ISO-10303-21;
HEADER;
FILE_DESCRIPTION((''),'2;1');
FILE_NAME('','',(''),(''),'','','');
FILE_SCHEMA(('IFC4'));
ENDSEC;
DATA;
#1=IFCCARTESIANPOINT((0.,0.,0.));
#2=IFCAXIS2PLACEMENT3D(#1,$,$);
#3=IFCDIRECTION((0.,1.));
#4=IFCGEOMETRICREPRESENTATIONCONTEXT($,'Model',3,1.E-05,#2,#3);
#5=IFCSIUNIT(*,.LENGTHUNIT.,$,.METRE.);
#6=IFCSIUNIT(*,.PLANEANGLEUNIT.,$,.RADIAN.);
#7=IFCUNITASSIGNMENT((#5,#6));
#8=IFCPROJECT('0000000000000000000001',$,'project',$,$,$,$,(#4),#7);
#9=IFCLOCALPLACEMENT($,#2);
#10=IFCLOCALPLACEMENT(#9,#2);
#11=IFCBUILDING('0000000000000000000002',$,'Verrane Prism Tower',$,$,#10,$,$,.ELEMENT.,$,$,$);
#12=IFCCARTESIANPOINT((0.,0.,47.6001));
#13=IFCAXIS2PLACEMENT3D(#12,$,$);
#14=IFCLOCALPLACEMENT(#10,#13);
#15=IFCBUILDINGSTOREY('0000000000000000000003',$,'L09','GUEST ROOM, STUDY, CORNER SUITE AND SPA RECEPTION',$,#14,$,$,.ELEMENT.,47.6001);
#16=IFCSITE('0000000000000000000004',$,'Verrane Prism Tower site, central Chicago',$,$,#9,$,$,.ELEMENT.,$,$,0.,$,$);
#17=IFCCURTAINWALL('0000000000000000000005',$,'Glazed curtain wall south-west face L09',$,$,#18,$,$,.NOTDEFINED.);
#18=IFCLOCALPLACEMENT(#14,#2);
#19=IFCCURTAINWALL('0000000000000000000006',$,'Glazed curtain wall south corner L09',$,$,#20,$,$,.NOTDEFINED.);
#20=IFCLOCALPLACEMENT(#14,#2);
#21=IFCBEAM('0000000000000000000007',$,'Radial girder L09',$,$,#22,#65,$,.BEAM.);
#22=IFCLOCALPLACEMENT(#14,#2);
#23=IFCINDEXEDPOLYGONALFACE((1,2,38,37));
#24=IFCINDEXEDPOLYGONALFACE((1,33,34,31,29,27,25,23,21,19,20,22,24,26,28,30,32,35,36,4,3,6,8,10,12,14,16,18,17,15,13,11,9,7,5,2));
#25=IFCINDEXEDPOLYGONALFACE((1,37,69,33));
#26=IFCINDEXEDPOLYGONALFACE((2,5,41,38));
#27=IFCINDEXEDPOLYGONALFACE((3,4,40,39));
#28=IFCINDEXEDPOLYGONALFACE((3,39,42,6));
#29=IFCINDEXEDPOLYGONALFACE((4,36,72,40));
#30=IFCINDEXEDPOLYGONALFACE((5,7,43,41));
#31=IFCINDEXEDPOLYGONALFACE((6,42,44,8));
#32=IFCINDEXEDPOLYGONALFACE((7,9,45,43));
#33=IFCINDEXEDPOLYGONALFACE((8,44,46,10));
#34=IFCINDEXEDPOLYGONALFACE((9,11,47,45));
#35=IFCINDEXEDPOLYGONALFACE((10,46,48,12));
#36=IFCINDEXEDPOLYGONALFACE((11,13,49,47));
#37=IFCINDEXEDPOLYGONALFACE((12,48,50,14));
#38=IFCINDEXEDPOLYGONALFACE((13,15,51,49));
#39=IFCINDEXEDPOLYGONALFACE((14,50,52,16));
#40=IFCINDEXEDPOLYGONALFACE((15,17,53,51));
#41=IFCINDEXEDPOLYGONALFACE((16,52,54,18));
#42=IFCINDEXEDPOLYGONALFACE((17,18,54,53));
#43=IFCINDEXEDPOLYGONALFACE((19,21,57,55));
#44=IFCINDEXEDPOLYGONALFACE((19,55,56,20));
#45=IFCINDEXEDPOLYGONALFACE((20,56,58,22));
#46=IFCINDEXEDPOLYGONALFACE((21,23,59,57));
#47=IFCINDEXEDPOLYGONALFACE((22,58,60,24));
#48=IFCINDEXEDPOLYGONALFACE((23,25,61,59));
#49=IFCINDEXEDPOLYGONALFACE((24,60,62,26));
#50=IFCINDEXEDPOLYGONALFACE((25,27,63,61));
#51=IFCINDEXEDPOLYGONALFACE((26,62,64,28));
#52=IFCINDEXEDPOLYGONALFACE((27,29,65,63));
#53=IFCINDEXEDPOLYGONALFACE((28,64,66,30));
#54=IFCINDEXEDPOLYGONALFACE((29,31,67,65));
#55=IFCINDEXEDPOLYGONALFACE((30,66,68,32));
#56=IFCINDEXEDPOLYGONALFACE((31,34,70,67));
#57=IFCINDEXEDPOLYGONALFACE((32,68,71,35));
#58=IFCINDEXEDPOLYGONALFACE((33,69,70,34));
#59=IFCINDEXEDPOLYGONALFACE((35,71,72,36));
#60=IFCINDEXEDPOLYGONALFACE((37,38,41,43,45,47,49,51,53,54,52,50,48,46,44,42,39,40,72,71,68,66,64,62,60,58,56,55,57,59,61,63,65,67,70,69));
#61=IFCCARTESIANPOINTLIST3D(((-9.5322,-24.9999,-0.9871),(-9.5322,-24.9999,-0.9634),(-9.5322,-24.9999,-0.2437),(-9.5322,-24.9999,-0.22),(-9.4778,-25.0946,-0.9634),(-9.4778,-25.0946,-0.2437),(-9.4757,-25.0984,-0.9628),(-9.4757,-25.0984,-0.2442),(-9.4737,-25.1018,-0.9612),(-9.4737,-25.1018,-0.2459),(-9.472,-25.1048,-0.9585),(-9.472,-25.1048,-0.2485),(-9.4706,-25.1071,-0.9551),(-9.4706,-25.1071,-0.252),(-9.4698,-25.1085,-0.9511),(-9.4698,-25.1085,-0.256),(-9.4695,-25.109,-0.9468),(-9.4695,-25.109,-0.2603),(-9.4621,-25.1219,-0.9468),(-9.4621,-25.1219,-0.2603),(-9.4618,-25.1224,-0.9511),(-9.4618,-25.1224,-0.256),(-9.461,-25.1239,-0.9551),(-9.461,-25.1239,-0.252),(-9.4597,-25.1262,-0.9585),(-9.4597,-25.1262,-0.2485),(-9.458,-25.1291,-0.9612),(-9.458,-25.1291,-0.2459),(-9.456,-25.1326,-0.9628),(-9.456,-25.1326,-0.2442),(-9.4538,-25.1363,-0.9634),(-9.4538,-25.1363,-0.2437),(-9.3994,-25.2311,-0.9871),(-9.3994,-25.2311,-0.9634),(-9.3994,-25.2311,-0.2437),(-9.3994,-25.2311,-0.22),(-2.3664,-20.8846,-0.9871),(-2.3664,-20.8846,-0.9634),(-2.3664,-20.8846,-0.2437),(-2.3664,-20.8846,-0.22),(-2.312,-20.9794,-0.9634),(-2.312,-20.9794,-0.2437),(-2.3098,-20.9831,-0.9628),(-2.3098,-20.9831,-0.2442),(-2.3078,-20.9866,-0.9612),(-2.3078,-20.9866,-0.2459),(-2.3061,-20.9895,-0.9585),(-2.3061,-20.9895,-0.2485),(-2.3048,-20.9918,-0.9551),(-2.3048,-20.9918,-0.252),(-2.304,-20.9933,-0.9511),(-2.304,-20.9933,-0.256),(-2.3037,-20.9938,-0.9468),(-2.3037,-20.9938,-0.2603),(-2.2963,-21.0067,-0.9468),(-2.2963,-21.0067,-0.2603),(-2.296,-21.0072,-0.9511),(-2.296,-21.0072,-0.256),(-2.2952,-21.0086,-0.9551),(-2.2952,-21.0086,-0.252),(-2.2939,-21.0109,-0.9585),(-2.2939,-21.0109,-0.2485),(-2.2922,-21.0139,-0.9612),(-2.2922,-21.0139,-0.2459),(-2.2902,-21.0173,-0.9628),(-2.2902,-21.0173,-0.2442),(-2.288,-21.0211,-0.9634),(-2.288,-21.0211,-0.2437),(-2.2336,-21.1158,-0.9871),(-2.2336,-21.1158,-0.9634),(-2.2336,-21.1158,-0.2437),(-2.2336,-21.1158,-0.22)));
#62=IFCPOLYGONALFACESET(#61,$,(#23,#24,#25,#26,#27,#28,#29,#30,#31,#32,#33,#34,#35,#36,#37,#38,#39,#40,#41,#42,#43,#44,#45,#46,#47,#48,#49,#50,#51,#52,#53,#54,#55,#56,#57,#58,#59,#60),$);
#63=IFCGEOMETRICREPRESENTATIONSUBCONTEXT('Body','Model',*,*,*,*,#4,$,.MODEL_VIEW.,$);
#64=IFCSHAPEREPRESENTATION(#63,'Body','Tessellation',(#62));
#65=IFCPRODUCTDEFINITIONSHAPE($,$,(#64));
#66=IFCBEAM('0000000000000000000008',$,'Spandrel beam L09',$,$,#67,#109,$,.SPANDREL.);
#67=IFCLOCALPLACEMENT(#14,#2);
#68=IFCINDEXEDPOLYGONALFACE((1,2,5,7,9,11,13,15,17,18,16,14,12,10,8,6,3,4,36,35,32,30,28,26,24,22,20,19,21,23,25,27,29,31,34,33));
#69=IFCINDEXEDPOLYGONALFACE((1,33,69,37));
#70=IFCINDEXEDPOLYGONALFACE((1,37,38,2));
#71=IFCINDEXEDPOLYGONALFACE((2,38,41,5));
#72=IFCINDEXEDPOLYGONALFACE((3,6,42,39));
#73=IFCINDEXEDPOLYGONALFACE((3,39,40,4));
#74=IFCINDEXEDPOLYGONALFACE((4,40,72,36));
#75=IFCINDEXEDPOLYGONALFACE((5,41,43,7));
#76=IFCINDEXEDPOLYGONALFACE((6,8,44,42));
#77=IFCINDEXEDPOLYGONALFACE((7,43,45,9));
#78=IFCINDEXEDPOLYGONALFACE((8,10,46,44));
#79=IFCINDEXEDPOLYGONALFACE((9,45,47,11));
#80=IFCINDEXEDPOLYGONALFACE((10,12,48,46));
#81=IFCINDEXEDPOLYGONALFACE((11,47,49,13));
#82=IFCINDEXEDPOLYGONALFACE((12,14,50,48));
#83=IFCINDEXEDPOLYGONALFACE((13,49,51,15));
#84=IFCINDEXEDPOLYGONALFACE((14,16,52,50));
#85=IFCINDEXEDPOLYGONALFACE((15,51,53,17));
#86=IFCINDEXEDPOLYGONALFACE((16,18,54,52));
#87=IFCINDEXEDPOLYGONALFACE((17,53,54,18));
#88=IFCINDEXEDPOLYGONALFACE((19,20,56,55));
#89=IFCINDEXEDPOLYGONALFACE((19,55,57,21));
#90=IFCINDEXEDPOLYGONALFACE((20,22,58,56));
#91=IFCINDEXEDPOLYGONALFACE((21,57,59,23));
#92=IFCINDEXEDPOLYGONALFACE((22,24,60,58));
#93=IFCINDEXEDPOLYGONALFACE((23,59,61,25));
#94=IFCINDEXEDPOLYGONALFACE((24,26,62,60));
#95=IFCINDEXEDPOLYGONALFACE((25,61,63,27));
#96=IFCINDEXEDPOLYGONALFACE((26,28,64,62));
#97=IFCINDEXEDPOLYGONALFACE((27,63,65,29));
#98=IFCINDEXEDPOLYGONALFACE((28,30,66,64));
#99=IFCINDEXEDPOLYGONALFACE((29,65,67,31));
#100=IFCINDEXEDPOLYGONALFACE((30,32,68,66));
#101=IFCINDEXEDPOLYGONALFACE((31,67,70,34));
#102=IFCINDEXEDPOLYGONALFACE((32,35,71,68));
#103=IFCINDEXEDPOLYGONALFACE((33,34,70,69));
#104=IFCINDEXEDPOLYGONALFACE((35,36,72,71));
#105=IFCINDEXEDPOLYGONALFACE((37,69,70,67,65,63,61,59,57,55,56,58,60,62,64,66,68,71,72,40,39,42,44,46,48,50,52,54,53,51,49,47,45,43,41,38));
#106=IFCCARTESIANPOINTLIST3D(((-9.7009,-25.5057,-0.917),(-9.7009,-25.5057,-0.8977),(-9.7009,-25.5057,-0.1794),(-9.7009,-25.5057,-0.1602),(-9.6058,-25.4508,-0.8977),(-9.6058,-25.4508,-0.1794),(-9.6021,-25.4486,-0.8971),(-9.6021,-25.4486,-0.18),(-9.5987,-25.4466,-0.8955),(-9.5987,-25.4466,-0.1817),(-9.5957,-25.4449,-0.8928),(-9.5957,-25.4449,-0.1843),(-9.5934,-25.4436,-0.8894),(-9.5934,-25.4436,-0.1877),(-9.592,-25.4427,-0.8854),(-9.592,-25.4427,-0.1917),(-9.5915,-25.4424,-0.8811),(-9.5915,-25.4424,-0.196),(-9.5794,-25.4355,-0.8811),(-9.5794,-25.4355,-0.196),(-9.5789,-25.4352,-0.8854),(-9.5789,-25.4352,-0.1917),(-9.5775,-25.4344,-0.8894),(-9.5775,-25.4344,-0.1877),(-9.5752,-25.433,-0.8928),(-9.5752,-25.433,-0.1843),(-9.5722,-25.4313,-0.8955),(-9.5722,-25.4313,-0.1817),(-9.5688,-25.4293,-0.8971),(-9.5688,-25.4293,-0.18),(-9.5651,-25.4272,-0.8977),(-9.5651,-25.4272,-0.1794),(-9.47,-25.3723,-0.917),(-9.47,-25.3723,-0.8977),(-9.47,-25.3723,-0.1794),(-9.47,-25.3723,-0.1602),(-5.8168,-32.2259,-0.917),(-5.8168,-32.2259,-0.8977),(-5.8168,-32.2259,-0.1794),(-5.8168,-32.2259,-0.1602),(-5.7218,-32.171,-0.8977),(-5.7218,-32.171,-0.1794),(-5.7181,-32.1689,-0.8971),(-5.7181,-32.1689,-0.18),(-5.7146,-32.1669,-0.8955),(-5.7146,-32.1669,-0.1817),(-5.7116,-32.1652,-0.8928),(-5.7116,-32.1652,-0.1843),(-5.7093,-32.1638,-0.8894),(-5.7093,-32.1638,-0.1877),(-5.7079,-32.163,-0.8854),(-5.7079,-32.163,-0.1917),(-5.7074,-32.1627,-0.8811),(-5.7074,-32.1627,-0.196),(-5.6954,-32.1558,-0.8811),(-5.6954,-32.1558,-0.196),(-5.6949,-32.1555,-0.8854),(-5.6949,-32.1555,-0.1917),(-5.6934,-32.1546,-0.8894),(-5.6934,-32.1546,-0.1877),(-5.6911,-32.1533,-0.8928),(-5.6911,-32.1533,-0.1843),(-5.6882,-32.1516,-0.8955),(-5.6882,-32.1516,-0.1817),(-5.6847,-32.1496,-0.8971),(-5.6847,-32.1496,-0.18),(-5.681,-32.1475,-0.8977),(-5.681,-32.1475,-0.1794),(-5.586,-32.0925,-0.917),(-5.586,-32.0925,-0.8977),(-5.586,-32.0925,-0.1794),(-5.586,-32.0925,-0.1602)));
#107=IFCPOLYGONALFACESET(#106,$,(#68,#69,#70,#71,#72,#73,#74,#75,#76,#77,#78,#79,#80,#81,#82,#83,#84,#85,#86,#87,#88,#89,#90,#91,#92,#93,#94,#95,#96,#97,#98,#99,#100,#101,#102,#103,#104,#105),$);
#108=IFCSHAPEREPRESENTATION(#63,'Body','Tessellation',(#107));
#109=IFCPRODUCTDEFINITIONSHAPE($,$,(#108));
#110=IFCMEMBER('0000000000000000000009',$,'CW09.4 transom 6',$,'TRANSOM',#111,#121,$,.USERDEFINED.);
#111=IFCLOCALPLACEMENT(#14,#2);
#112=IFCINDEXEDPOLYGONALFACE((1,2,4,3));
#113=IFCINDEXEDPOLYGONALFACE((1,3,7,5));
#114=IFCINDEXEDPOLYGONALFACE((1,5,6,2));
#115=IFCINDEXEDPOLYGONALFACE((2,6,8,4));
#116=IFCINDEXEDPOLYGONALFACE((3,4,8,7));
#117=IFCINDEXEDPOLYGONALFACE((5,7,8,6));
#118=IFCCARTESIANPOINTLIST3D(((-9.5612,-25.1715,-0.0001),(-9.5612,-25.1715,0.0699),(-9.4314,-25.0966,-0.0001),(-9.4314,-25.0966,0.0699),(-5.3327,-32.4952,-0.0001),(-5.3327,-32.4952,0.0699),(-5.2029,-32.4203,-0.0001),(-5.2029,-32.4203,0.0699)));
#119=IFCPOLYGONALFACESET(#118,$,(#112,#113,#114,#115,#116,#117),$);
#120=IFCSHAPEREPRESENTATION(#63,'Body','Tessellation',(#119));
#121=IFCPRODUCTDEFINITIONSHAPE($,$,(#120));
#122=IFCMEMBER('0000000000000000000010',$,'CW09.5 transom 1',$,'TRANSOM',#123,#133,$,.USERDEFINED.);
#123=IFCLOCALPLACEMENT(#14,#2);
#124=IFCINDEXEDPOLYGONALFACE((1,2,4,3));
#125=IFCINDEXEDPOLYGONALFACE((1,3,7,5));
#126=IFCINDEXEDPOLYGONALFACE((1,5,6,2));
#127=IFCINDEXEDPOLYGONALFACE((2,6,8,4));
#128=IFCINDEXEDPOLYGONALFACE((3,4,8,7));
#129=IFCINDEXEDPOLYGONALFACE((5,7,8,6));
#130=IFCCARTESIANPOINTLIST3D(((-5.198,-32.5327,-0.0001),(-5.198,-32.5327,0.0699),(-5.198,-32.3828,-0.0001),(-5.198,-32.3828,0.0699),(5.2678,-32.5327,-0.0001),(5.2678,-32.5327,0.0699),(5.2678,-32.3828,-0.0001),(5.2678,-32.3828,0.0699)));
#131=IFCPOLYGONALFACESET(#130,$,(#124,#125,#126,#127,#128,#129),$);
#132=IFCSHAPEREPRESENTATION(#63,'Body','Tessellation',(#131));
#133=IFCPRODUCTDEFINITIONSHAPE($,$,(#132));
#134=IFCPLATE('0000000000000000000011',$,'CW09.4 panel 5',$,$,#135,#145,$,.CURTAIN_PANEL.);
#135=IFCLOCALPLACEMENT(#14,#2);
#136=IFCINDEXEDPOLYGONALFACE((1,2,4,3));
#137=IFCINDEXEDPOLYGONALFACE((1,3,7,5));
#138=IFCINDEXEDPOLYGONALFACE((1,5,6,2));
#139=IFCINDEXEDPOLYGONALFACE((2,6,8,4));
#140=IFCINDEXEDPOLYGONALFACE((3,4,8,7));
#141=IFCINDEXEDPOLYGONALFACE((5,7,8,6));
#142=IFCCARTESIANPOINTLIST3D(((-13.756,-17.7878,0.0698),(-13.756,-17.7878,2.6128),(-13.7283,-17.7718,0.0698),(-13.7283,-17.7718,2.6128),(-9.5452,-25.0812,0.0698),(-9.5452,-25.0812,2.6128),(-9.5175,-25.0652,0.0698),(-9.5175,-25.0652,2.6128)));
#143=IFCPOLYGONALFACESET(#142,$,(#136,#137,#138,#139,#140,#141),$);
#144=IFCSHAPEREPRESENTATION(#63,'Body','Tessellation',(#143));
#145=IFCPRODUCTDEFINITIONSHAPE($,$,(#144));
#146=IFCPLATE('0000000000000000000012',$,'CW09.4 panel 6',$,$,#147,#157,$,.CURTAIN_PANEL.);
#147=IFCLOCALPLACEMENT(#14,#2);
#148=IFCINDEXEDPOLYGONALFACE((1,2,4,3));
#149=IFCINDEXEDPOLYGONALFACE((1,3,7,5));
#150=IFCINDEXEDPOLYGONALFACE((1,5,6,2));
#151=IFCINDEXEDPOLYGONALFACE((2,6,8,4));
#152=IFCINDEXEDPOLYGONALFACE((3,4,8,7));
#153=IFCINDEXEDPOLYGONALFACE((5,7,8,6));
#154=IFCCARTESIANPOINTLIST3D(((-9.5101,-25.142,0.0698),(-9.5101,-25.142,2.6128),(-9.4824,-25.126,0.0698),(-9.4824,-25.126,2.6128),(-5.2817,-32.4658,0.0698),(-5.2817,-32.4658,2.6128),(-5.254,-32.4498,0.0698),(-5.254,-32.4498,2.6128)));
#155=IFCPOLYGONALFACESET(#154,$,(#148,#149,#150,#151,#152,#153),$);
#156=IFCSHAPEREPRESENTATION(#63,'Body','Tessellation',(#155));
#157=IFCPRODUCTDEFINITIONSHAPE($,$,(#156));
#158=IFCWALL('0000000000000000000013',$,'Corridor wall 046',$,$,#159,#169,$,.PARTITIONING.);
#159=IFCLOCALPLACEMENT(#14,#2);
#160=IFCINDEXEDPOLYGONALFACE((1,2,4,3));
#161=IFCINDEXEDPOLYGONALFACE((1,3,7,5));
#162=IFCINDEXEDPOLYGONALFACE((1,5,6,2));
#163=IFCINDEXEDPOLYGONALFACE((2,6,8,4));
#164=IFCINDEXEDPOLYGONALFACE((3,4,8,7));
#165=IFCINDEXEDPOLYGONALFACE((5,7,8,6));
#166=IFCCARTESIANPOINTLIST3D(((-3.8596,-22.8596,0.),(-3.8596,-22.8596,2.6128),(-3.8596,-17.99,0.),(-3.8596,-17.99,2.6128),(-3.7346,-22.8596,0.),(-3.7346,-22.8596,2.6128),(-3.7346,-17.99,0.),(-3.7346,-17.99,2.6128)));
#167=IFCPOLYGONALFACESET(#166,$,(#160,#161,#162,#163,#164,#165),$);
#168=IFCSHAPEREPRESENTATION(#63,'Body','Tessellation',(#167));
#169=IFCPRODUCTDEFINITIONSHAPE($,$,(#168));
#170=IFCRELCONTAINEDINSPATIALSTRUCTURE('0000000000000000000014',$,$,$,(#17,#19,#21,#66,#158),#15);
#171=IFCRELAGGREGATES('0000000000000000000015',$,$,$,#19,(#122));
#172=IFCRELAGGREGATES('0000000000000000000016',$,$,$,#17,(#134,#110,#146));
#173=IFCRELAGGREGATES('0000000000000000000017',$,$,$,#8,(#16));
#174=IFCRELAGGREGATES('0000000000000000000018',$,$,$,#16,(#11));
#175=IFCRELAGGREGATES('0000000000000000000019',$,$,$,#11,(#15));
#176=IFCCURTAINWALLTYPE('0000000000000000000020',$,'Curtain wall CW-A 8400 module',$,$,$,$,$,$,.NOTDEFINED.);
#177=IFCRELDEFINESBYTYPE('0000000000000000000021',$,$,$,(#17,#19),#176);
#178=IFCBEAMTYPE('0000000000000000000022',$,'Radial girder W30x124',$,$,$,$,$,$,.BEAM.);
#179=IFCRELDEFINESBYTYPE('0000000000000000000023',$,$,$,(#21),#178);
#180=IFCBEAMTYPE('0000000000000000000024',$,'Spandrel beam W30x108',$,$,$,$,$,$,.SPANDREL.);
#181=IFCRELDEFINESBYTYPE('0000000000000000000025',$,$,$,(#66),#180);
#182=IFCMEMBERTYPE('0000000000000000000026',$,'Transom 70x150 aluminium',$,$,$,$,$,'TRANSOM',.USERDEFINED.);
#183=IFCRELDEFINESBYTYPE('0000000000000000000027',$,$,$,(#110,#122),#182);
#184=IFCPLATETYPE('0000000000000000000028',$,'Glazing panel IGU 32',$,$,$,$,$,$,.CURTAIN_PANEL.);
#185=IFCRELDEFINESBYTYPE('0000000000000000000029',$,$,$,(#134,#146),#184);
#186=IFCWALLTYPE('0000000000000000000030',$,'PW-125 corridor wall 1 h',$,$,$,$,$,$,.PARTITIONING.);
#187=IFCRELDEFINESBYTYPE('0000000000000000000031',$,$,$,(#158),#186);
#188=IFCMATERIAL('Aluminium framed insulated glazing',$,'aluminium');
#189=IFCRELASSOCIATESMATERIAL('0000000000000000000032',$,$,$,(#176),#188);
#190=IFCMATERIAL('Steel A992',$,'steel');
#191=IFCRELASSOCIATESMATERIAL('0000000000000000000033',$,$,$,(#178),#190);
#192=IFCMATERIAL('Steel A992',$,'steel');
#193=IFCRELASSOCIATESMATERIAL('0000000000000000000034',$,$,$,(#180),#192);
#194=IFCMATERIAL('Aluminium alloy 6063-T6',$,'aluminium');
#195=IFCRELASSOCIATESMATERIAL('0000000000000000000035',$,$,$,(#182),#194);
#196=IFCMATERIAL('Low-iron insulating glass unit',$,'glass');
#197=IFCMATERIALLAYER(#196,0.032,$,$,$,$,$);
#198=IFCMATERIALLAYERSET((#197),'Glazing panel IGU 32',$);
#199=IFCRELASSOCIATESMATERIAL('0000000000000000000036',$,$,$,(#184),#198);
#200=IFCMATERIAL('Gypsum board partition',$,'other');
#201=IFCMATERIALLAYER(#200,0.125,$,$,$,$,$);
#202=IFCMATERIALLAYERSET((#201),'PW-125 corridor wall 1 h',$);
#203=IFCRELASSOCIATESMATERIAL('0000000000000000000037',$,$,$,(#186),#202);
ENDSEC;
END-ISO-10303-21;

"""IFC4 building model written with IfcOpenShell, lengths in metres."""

from ifc_helpers import new_model, si_unit, direction, frame, frame_2d, origin, origin_2d, place, context, subcontext, project, spatial, rectangle, i_section, extrude, material, layer, layer_set, material_profile, profile_set, type_object, element, aggregate, save


model = new_model("IFC4")

# Units and contexts
model_context = context("Model", 3, precision=1e-05, world=origin(), true_north=direction((0.0, 1.0)))
body_context = subcontext(model_context, "Body", "Model", "MODEL_VIEW")
ifc_project = project(units=[si_unit("LENGTHUNIT", "METRE"), si_unit("PLANEANGLEUNIT", "RADIAN")], contexts=[model_context])

# Site, building, storey
site_placement = place(None, origin())
site = spatial("IfcSite", under=ifc_project, at=site_placement, Name="Verrane Prism Tower site, central Chicago", CompositionType="ELEMENT", RefElevation=0.0)
building_placement = place(site_placement, origin())
building = spatial("IfcBuilding", under=site, at=building_placement, Name="Verrane Prism Tower", CompositionType="ELEMENT")
storey_placement = place(building_placement, frame((0.0, 0.0, 47.6001)))
storey = spatial("IfcBuildingStorey", under=building, at=storey_placement, Name="L09", Description="GUEST ROOM, STUDY, CORNER SUITE AND SPA RECEPTION", CompositionType="ELEMENT", Elevation=47.6001)

# Curtain walls
ifc_material_1 = material(Name="Aluminium framed insulated glazing", Category="aluminium")
curtain_wall_type = type_object("IfcCurtainWallType", Name="Curtain wall CW-A 8400 module", PredefinedType="NOTDEFINED", material=ifc_material_1)
curtain_wall_1_placement = place(storey_placement, origin())
curtain_wall_1 = element("IfcCurtainWall", 1, at=curtain_wall_1_placement, inside=storey, type_object=curtain_wall_type, Name="Glazed curtain wall south-west face L09", PredefinedType="NOTDEFINED")
curtain_wall_2_placement = place(storey_placement, origin())
curtain_wall_2 = element("IfcCurtainWall", 2, at=curtain_wall_2_placement, inside=storey, type_object=curtain_wall_type, Name="Glazed curtain wall south corner L09", PredefinedType="NOTDEFINED")

# Beams
ifc_material_2 = material(Name="Steel A992", Category="steel")
ifc_material_profile_1 = material_profile(ifc_material_2, i_section(OverallWidth=0.2666, OverallDepth=0.7671, WebThickness=0.0149, FlangeThickness=0.0237, FilletRadius=0.0166, at=origin_2d()), Name="W30x124")
ifc_profile_set_1 = profile_set([ifc_material_profile_1], Name="Steel A992")
beam_type_1 = type_object("IfcBeamType", Name="Radial girder W30x124", PredefinedType="BEAM", material=ifc_profile_set_1)
beam_1_placement = place(storey_placement, frame((-9.4658, -25.1155, -0.6035), z_axis=(0.867172, 0.498009, 0.0), x_axis=(-0.498009, 0.867172, 0.0)))
element("IfcBeam", 3, at=beam_1_placement, inside=storey, type_object=beam_type_1, Name="Radial girder L09", PredefinedType="BEAM", context=body_context, shape_type="SweptSolid", body=[
    extrude(i_section(OverallWidth=0.2666, OverallDepth=0.7671, WebThickness=0.0149, FlangeThickness=0.0237, FilletRadius=0.0166, at=origin_2d()), origin(), (0.0, 0.0, 1.0), 8.2634),
])
ifc_material_3 = material(Name="Steel A992", Category="steel")
ifc_material_profile_2 = material_profile(ifc_material_3, i_section(OverallWidth=0.2666, OverallDepth=0.7568, WebThickness=0.0139, FlangeThickness=0.0193, FilletRadius=0.0166, at=origin_2d()), Name="W30x108")
ifc_profile_set_2 = profile_set([ifc_material_profile_2], Name="Steel A992")
beam_type_2 = type_object("IfcBeamType", Name="Spandrel beam W30x108", PredefinedType="SPANDREL", material=ifc_profile_set_2)
beam_2_placement = place(storey_placement, frame((-9.5854, -25.439, -0.5386), z_axis=(0.500398, -0.865796, 0.0), x_axis=(0.865796, 0.500398, 0.0)))
element("IfcBeam", 4, at=beam_2_placement, inside=storey, type_object=beam_type_2, Name="Spandrel beam L09", PredefinedType="SPANDREL", context=body_context, shape_type="SweptSolid", body=[
    extrude(i_section(OverallWidth=0.2666, OverallDepth=0.7568, WebThickness=0.0139, FlangeThickness=0.0193, FilletRadius=0.0166, at=origin_2d()), origin(), (0.0, 0.0, 1.0), 7.762),
])

# Members
ifc_material_4 = material(Name="Aluminium alloy 6063-T6", Category="aluminium")
ifc_material_profile_3 = material_profile(ifc_material_4, rectangle(XDim=0.1499, YDim=0.0701, at=origin_2d()), Name="Transom 70x150 aluminium")
ifc_profile_set_3 = profile_set([ifc_material_profile_3], Name="Aluminium alloy 6063-T6")
member_type_1 = type_object("IfcMemberType", Name="Transom 70x150 aluminium", ElementType="TRANSOM", PredefinedType="USERDEFINED", material=ifc_profile_set_3)
member_1_placement = place(storey_placement, frame((-9.4963, -25.134, 0.0349), z_axis=(0.500014, -0.866017, 0.0), x_axis=(0.866017, 0.500014, 0.0)))
member_1 = element("IfcMember", 5, at=member_1_placement, type_object=member_type_1, Name="CW09.4 transom 6", ObjectType="TRANSOM", PredefinedType="USERDEFINED", context=body_context, shape_type="SweptSolid", body=[
    extrude(rectangle(XDim=0.1499, YDim=0.0701, at=origin_2d()), origin(), (0.0, 0.0, 1.0), 8.4568),
])
member_2_placement = place(storey_placement, frame((-5.198, -32.4578, 0.0349), z_axis=(1.0, 0.0, 0.0), x_axis=(0.0, 1.0, 0.0)))
member_2 = element("IfcMember", 6, at=member_2_placement, type_object=member_type_1, Name="CW09.5 transom 1", ObjectType="TRANSOM", PredefinedType="USERDEFINED", context=body_context, shape_type="SweptSolid", body=[
    extrude(rectangle(XDim=0.1499, YDim=0.0701, at=origin_2d()), origin(), (0.0, 0.0, 1.0), 10.4658),
])
aggregate(curtain_wall_2, [member_2])

# Plates
ifc_material_5 = material(Name="Low-iron insulating glass unit", Category="glass")
ifc_layer_1 = layer(ifc_material_5, 0.032)
ifc_layer_set_1 = layer_set([ifc_layer_1], Name="Glazing panel IGU 32")
plate_type = type_object("IfcPlateType", Name="Glazing panel IGU 32", PredefinedType="CURTAIN_PANEL", material=ifc_layer_set_1)
plate_1_placement = place(storey_placement, frame((-11.6367, -21.4265, 0.0698), z_axis=(0.0, 0.0, 1.0), x_axis=(0.499999, -0.866026, 0.0)))
plate_1 = element("IfcPlate", 7, at=plate_1_placement, type_object=plate_type, Name="CW09.4 panel 5", PredefinedType="CURTAIN_PANEL", context=body_context, shape_type="SweptSolid", body=[
    extrude(rectangle(XDim=8.4216, YDim=0.032, at=origin_2d()), origin(), (0.0, 0.0, 1.0), 2.543),
])
plate_2_placement = place(storey_placement, frame((-7.3821, -28.7959, 0.0698), z_axis=(0.0, 0.0, 1.0), x_axis=(0.499999, -0.866026, 0.0)))
plate_2 = element("IfcPlate", 8, at=plate_2_placement, type_object=plate_type, Name="CW09.4 panel 6", PredefinedType="CURTAIN_PANEL", context=body_context, shape_type="SweptSolid", body=[
    extrude(rectangle(XDim=8.4568, YDim=0.032, at=origin_2d()), origin(), (0.0, 0.0, 1.0), 2.543),
])
aggregate(curtain_wall_1, [plate_1, member_1, plate_2])

# Wall
ifc_material_6 = material(Name="Gypsum board partition", Category="other")
ifc_layer_2 = layer(ifc_material_6, 0.125)
ifc_layer_set_2 = layer_set([ifc_layer_2], Name="PW-125 corridor wall 1 h")
wall_type_1 = type_object("IfcWallType", Name="PW-125 corridor wall 1 h", PredefinedType="PARTITIONING", material=ifc_layer_set_2)
wall_1_placement = place(storey_placement, frame((-3.7971, -22.8596, 0.0), z_axis=(0.0, 0.0, 1.0), x_axis=(0.0, 1.0, 0.0)))
element("IfcWall", 9, at=wall_1_placement, inside=storey, type_object=wall_type_1, Name="Corridor wall 046", PredefinedType="PARTITIONING", context=body_context, shape_type="SweptSolid", body=[
    extrude(rectangle(XDim=4.8696, YDim=0.125, at=frame_2d((2.4348, 0.0))), origin(), (0.0, 0.0, 1.0), 2.6128),
])

save(model, "model.ifc")
